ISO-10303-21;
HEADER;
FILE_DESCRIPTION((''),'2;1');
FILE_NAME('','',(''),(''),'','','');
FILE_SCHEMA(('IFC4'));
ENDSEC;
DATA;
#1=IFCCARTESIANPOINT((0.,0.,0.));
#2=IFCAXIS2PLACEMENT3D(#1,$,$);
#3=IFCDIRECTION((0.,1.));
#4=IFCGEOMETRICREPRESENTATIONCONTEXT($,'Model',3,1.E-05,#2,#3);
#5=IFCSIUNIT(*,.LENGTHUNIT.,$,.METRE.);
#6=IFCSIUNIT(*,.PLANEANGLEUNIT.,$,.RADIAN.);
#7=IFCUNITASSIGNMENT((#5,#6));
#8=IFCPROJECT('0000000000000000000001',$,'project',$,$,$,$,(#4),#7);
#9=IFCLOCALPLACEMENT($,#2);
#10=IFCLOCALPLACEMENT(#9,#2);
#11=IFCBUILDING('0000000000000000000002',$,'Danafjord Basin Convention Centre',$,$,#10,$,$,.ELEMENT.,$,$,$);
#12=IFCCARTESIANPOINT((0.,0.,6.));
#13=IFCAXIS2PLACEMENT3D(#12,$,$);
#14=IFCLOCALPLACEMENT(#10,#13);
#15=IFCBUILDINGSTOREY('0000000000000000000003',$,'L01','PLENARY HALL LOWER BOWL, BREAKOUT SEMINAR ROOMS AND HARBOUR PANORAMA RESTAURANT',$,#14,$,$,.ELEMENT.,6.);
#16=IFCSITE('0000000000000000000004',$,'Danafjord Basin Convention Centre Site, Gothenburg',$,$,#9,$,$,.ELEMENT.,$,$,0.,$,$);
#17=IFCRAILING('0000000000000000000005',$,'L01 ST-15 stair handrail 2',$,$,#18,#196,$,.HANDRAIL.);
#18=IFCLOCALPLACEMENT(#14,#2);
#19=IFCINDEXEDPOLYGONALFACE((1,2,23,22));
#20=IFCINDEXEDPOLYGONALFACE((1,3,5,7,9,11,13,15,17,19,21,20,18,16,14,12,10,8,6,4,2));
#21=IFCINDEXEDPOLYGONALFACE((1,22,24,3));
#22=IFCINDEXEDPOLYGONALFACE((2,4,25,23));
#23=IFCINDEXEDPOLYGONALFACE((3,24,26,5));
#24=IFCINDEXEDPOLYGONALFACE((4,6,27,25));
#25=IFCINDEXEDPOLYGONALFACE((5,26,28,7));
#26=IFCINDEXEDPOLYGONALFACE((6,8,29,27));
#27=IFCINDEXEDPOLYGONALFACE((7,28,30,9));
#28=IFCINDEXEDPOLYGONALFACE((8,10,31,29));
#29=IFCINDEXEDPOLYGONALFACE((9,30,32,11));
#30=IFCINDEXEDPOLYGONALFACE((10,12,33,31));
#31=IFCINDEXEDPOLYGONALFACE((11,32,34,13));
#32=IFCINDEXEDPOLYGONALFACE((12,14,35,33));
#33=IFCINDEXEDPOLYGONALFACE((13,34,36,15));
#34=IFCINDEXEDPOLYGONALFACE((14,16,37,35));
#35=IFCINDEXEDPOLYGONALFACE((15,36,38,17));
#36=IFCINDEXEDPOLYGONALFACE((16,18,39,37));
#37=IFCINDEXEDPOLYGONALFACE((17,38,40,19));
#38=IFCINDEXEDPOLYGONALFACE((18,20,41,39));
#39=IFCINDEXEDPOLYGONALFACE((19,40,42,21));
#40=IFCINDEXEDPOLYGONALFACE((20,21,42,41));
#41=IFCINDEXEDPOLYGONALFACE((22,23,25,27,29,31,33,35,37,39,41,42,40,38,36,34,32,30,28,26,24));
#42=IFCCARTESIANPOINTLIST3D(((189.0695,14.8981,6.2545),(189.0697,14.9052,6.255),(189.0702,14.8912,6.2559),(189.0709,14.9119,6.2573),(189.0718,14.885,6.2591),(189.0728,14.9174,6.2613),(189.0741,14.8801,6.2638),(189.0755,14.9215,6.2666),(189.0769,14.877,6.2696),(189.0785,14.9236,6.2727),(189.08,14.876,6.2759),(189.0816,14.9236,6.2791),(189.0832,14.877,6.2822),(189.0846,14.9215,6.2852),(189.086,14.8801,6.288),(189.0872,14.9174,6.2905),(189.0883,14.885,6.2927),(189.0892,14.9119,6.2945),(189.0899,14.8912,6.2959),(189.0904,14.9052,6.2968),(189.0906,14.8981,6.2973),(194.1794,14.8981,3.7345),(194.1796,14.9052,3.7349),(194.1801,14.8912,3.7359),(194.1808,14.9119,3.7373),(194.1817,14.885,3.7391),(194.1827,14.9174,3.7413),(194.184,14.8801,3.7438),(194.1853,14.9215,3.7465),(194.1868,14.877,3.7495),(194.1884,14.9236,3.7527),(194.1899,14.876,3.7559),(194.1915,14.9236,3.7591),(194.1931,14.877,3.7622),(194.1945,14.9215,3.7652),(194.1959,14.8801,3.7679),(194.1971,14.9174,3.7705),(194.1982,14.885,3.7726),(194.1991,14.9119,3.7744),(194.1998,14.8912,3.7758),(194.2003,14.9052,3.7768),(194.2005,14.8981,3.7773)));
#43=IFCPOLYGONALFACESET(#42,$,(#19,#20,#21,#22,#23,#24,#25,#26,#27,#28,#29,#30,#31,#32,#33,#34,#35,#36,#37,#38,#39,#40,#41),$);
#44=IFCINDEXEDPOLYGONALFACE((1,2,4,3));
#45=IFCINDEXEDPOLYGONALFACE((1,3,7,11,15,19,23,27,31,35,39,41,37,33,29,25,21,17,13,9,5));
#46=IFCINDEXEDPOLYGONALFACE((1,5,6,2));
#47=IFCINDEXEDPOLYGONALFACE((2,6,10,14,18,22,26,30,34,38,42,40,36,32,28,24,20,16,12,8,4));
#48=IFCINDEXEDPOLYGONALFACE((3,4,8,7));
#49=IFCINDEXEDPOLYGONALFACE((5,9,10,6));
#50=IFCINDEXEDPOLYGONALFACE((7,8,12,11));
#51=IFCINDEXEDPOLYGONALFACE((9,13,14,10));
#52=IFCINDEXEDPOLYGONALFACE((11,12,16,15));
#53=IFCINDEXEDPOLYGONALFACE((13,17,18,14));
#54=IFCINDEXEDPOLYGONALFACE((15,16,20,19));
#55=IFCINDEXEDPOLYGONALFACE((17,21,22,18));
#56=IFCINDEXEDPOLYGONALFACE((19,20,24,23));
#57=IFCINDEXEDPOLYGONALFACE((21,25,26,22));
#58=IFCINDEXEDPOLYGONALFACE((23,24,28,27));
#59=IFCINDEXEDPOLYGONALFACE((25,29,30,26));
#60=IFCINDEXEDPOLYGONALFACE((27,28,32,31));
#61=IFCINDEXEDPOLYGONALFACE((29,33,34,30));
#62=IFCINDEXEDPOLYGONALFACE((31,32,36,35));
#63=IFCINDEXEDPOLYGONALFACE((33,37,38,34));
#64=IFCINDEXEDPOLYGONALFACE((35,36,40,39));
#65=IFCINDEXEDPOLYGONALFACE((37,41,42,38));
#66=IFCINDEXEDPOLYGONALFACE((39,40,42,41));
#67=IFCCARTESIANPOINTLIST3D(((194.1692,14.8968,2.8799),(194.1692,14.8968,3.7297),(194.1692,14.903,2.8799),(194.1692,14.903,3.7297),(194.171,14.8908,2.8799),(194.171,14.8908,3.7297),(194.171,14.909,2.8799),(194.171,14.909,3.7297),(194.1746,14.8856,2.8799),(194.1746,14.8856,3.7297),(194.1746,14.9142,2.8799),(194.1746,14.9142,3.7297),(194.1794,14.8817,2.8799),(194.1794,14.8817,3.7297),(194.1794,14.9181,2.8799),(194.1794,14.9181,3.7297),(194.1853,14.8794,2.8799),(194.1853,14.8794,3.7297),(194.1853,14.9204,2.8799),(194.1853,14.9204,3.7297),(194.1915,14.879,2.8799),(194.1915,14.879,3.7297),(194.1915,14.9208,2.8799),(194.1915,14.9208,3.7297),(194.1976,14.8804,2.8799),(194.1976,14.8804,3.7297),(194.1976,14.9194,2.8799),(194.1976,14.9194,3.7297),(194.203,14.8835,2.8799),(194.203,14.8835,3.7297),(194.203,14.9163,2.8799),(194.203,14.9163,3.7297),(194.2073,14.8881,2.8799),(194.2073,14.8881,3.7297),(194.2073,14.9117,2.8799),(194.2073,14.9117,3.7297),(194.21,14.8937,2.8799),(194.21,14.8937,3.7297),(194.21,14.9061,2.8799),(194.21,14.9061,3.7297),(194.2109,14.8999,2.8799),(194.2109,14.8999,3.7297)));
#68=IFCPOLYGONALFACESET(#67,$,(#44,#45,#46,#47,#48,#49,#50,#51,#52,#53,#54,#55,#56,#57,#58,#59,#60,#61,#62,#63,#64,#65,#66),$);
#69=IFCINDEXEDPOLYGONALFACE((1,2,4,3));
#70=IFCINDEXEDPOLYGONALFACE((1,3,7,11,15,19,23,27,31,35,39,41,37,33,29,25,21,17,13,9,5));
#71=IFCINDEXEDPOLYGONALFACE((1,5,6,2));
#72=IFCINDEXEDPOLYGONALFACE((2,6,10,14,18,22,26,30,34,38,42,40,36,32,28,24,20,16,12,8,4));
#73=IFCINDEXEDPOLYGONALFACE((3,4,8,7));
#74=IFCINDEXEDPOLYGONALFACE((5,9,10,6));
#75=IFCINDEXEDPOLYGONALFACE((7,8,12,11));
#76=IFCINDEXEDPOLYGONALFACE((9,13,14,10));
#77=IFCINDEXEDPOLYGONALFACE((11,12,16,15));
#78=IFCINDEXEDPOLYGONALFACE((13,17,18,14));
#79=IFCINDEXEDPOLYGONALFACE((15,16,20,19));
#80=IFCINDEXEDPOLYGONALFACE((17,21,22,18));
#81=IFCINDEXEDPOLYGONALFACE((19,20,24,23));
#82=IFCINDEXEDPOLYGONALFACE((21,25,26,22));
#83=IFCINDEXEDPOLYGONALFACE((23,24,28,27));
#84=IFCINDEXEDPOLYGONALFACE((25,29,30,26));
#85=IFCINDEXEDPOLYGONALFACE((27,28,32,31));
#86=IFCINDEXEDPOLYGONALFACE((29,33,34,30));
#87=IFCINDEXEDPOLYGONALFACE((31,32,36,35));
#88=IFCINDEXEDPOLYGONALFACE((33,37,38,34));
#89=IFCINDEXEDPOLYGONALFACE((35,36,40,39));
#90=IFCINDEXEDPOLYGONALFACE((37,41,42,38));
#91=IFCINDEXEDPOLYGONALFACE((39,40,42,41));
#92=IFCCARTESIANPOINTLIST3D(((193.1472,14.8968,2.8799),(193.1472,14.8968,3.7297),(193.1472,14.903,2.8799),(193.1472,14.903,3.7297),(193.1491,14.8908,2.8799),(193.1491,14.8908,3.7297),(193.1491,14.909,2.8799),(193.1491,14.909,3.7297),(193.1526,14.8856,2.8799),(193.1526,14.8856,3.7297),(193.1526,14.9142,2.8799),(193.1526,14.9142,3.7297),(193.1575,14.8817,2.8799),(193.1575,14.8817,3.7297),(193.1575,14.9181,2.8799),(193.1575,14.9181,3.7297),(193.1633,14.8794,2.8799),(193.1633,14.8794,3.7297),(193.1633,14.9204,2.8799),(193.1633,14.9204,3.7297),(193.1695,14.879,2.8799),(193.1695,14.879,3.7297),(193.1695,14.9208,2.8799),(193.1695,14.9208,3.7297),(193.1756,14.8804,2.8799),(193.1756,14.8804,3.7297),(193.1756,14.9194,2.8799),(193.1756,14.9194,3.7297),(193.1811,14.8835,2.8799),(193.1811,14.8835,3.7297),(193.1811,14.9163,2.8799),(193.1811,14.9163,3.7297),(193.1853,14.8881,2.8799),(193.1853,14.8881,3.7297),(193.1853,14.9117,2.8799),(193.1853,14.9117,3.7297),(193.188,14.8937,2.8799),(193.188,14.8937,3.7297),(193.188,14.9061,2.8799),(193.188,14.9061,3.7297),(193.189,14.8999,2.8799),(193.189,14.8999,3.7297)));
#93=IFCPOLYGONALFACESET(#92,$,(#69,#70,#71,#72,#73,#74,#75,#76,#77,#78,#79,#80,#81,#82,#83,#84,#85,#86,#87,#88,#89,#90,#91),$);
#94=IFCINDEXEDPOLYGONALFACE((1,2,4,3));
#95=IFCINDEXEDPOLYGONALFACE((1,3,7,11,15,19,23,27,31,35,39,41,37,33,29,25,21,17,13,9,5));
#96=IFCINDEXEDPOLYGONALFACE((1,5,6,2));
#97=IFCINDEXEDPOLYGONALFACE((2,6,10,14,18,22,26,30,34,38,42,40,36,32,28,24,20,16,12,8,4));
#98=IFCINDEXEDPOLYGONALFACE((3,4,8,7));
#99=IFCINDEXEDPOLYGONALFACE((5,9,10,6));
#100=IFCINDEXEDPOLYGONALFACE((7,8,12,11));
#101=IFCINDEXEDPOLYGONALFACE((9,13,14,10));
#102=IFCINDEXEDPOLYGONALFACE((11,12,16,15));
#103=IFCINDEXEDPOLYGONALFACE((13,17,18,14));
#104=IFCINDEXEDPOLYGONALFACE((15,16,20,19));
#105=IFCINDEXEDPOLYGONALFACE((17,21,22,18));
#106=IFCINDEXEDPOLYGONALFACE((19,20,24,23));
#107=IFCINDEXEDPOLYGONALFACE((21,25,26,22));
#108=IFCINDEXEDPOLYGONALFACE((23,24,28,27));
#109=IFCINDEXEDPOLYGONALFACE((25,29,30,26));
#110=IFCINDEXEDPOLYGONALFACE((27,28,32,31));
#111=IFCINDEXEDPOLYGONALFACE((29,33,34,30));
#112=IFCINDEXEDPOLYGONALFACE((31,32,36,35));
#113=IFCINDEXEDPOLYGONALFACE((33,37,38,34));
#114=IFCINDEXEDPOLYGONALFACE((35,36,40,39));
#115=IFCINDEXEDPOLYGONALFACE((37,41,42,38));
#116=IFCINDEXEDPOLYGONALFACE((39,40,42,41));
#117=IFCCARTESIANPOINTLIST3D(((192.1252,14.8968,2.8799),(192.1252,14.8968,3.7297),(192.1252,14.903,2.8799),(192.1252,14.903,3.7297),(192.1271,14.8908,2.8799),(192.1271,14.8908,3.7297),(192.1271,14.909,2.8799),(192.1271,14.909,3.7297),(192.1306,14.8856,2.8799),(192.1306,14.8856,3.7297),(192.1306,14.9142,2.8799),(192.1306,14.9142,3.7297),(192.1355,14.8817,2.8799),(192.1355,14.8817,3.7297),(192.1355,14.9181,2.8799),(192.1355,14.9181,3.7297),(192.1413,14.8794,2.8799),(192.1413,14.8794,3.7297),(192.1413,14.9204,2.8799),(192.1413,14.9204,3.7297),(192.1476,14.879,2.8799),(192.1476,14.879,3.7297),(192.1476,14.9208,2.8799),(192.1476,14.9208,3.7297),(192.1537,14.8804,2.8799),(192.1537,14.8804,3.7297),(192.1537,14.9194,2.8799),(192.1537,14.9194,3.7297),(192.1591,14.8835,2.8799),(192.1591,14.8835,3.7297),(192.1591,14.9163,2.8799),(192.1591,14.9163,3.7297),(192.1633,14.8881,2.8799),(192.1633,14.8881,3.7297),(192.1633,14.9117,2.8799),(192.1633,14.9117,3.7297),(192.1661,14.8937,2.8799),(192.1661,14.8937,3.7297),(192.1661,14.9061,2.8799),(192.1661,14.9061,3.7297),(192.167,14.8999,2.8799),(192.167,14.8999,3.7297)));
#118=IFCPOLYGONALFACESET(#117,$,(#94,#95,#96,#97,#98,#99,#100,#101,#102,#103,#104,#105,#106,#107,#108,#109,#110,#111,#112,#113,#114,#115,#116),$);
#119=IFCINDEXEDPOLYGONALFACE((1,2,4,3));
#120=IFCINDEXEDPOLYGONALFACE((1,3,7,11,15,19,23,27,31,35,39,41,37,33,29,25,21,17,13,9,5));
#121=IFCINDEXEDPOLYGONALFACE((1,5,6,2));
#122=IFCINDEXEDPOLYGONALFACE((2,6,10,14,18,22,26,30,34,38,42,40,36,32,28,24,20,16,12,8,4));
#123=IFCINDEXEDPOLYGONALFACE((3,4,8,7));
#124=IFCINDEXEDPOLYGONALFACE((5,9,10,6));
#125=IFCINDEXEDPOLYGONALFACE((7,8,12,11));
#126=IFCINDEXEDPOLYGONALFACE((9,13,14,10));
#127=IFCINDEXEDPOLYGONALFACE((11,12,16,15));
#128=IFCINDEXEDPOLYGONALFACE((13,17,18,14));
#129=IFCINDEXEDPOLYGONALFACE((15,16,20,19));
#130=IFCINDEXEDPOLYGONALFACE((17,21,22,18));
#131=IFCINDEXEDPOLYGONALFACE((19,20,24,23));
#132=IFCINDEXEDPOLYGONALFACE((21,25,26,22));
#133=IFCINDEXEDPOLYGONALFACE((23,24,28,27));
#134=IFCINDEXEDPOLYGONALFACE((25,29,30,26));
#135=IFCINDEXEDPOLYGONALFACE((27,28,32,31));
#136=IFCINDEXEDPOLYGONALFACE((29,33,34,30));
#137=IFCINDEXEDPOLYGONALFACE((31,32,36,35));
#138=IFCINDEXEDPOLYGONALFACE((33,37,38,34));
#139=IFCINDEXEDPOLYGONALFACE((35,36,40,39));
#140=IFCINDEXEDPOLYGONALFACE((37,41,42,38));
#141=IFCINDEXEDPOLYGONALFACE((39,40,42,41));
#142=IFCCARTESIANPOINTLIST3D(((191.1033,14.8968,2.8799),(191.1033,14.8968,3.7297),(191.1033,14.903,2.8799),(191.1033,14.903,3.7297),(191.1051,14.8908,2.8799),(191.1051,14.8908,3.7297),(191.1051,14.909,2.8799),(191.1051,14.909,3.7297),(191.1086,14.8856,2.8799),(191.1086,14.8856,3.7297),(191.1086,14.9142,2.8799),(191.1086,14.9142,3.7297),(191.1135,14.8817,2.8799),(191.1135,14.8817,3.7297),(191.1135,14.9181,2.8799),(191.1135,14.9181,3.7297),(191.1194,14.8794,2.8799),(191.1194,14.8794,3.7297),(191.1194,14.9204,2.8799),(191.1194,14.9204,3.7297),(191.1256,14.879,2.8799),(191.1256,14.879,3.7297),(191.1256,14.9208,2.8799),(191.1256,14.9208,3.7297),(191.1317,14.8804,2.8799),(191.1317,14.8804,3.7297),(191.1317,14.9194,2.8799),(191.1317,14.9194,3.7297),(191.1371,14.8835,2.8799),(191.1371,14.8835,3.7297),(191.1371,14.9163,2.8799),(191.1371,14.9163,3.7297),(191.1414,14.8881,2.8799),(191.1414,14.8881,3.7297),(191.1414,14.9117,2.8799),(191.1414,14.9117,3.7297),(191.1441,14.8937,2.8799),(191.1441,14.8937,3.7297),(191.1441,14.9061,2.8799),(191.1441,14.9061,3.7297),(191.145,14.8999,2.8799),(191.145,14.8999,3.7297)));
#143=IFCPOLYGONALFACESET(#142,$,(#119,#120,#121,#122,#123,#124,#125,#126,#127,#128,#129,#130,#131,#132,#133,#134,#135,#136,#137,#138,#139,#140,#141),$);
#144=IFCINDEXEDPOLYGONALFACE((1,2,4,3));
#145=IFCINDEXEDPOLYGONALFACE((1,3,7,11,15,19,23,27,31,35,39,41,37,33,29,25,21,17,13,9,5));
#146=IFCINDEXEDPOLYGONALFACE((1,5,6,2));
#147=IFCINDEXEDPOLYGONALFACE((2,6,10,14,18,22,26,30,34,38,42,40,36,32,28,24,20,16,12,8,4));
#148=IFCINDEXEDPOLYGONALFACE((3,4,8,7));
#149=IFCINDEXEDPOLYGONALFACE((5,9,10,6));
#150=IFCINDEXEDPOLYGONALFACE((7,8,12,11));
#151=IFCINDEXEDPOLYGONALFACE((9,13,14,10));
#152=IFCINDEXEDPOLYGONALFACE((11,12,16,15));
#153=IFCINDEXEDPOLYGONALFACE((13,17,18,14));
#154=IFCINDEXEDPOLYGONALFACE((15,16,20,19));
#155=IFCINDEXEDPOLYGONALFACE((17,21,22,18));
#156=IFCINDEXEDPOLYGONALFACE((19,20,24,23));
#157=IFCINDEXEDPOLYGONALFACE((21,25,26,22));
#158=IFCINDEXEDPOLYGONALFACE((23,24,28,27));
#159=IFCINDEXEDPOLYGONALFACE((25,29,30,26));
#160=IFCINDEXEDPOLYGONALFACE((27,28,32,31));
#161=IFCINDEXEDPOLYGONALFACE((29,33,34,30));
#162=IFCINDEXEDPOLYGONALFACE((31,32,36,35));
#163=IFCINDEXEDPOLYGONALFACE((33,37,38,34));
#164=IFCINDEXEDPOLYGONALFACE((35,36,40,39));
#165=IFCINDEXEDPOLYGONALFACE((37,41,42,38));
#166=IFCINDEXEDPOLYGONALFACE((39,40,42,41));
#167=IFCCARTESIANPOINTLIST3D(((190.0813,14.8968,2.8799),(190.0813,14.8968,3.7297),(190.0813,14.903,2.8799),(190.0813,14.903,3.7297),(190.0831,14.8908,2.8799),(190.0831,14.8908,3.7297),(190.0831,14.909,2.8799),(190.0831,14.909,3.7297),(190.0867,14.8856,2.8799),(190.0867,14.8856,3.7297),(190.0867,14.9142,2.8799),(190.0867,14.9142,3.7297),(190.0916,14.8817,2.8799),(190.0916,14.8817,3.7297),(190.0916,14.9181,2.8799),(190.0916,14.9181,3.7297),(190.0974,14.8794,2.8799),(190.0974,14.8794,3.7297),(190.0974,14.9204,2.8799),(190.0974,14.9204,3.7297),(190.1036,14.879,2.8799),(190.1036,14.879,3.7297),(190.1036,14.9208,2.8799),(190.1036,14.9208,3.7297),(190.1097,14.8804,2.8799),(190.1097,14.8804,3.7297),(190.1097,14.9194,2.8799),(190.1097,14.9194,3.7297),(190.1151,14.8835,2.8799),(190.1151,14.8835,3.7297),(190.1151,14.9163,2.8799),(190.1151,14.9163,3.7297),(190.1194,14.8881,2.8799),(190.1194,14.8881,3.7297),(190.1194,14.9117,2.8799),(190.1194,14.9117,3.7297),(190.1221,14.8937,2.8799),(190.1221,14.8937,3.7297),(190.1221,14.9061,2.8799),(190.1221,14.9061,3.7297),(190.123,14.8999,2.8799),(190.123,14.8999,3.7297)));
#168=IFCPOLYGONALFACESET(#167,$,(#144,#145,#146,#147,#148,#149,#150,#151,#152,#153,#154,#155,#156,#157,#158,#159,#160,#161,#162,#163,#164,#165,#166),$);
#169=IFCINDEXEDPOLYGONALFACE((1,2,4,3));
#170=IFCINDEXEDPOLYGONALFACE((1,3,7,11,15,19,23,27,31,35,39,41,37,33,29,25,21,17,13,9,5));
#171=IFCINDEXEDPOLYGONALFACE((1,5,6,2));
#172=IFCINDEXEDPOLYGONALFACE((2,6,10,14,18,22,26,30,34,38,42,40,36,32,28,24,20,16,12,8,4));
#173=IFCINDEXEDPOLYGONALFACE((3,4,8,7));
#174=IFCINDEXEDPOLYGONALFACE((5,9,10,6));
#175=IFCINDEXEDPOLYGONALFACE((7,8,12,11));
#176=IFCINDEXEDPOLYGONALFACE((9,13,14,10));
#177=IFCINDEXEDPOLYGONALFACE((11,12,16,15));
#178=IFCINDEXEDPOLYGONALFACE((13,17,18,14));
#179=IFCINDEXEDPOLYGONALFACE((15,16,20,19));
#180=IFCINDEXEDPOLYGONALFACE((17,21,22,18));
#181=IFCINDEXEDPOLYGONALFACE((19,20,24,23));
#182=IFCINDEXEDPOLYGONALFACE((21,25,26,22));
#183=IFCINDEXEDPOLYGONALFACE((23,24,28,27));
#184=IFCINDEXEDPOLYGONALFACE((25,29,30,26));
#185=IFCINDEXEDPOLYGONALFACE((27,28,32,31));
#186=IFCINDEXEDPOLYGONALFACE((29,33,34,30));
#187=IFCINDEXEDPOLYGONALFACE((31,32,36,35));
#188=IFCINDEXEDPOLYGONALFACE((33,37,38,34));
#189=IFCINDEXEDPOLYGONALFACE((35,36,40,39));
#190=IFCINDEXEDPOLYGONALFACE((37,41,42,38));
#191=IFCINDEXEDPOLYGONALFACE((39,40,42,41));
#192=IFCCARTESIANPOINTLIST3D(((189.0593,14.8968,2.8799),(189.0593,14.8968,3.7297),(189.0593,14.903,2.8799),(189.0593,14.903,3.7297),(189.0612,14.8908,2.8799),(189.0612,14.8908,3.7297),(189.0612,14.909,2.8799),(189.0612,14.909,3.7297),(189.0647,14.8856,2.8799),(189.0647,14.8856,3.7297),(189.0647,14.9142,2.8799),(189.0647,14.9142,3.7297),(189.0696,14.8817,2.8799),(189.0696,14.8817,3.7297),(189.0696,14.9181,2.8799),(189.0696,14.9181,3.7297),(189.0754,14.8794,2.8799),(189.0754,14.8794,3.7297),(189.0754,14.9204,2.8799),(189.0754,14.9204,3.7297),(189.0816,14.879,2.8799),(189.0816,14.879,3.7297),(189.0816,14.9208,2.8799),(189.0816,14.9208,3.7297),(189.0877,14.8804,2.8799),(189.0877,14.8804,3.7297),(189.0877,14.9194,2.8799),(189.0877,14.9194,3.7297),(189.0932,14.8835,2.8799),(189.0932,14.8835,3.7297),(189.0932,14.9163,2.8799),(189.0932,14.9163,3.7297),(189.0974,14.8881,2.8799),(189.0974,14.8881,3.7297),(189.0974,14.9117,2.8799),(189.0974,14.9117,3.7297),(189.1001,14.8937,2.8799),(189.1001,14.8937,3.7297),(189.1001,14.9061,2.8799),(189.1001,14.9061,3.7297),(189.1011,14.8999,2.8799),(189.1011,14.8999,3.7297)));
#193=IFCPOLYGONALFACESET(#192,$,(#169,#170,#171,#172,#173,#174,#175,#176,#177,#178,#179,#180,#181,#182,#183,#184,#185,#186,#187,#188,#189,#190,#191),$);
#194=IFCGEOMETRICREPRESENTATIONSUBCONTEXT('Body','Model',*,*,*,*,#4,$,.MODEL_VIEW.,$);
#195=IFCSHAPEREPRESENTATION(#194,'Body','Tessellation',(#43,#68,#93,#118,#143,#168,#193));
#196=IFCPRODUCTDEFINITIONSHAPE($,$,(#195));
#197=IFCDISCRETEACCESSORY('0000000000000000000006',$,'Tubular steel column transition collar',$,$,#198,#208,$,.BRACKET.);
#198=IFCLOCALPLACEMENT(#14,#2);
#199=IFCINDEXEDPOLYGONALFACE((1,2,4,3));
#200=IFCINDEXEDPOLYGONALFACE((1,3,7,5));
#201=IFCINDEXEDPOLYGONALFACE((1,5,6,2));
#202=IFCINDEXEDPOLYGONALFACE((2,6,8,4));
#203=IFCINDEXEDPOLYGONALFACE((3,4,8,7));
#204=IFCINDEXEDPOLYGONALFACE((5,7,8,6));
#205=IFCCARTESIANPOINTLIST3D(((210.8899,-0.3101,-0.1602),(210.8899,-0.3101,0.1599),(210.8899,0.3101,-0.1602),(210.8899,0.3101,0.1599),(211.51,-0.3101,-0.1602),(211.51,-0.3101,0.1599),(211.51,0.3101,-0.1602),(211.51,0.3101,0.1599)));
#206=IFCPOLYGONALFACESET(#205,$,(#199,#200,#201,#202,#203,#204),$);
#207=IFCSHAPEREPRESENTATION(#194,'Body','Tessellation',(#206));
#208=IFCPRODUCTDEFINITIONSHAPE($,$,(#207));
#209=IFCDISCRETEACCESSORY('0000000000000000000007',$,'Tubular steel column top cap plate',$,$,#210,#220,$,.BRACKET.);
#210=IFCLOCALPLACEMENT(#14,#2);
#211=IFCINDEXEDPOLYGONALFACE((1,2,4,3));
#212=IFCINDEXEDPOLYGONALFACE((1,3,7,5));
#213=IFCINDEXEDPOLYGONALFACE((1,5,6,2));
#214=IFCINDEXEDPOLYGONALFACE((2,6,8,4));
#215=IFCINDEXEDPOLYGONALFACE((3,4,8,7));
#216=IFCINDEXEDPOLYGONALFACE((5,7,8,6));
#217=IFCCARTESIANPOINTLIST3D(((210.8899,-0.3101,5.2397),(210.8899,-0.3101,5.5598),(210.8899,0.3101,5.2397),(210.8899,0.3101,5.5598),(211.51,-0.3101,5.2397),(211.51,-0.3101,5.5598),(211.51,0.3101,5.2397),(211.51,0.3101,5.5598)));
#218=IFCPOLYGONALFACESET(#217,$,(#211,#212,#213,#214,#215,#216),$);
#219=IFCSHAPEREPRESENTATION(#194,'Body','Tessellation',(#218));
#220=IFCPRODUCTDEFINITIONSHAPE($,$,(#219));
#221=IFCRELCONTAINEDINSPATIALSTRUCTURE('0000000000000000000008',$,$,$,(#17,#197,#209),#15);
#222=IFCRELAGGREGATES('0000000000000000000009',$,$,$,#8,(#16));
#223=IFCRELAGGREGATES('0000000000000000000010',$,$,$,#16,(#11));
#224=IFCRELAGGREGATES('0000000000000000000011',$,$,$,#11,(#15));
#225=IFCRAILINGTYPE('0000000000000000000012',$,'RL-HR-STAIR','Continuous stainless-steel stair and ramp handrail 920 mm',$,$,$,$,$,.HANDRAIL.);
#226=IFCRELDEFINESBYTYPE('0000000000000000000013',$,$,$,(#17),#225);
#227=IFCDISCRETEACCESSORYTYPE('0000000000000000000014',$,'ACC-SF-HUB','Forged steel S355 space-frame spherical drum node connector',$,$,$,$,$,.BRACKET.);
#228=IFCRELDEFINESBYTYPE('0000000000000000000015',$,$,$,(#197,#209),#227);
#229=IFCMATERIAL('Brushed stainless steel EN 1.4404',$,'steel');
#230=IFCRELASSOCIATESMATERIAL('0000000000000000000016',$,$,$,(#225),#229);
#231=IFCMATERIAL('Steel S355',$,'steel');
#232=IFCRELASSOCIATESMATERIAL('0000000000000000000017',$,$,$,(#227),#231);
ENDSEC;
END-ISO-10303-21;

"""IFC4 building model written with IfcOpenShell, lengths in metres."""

from ifc_helpers import new_model, si_unit, direction, frame, origin, origin_2d, place, context, subcontext, project, spatial, rectangle, circle, extrude, material, type_object, element, save


model = new_model("IFC4")

# Units and contexts
model_context = context("Model", 3, precision=1e-05, world=origin(), true_north=direction((0.0, 1.0)))
body_context = subcontext(model_context, "Body", "Model", "MODEL_VIEW")
ifc_project = project(units=[si_unit("LENGTHUNIT", "METRE"), si_unit("PLANEANGLEUNIT", "RADIAN")], contexts=[model_context])

# Site, building, storey
site_placement = place(None, origin())
site = spatial("IfcSite", under=ifc_project, at=site_placement, Name="Danafjord Basin Convention Centre Site, Gothenburg", CompositionType="ELEMENT", RefElevation=0.0)
building_placement = place(site_placement, origin())
building = spatial("IfcBuilding", under=site, at=building_placement, Name="Danafjord Basin Convention Centre", CompositionType="ELEMENT")
storey_placement = place(building_placement, frame((0.0, 0.0, 6.0)))
storey = spatial("IfcBuildingStorey", under=building, at=storey_placement, Name="L01", Description="PLENARY HALL LOWER BOWL, BREAKOUT SEMINAR ROOMS AND HARBOUR PANORAMA RESTAURANT", CompositionType="ELEMENT", Elevation=6.0)

# Shared definitions
ifc_material_1 = material(Name="Steel S355", Category="steel")

# Railing
ifc_material_2 = material(Name="Brushed stainless steel EN 1.4404", Category="steel")
railing_type_1 = type_object("IfcRailingType", Name="RL-HR-STAIR", Description="Continuous stainless-steel stair and ramp handrail 920 mm", PredefinedType="HANDRAIL", material=ifc_material_2)
railing_1_placement = place(storey_placement, frame((194.1899, 14.8999, 2.8799)))
element("IfcRailing", 1, at=railing_1_placement, inside=storey, type_object=railing_type_1, Name="L01 ST-15 stair handrail 2", PredefinedType="HANDRAIL", context=body_context, shape_type="SweptSolid", body=[
    extrude(circle(Radius=0.0239, at=origin_2d()), frame((0.0, 0.0, 0.876), z_axis=(-0.896865, 0.0, 0.442305), x_axis=(0.0, -1.0, 0.0)), (0.0, 0.0, 1.0), 5.6975),
    extrude(circle(Radius=0.021, at=origin_2d()), origin(), (0.0, 0.0, 1.0), 0.8499),
    extrude(circle(Radius=0.021, at=origin_2d()), frame((-1.022, 0.0, 0.0)), (0.0, 0.0, 1.0), 0.8499),
    extrude(circle(Radius=0.021, at=origin_2d()), frame((-2.0439, 0.0, 0.0)), (0.0, 0.0, 1.0), 0.8499),
    extrude(circle(Radius=0.021, at=origin_2d()), frame((-3.0659, 0.0, 0.0)), (0.0, 0.0, 1.0), 0.8499),
    extrude(circle(Radius=0.021, at=origin_2d()), frame((-4.0879, 0.0, 0.0)), (0.0, 0.0, 1.0), 0.8499),
    extrude(circle(Radius=0.021, at=origin_2d()), frame((-5.1099, 0.0, 0.0)), (0.0, 0.0, 1.0), 0.8499),
])

# Discrete accessories
discrete_accessory_type = type_object("IfcDiscreteAccessoryType", Name="ACC-SF-HUB", Description="Forged steel S355 space-frame spherical drum node connector", PredefinedType="BRACKET", material=ifc_material_1)
for number, where, z_axis, x_axis, name in (
    (2, (211.2, 0.0, -0.1602), (0.0, 0.0, 1.0), (1.0, 0.0, 0.0), "Tubular steel column transition collar"),
    (3, (211.2, 0.0, 5.2397), (0.0, 0.0, 1.0), (1.0, 0.0, 0.0), "Tubular steel column top cap plate"),
):
    element("IfcDiscreteAccessory", number, at=place(storey_placement, frame(where, z_axis=z_axis, x_axis=x_axis)), inside=storey, type_object=discrete_accessory_type, Name=name, PredefinedType="BRACKET", context=body_context, shape_type="SweptSolid", body=[
        extrude(rectangle(XDim=0.6201, YDim=0.6201, at=origin_2d()), origin(), (0.0, 0.0, 1.0), 0.3201),
    ])

save(model, "model.ifc")
